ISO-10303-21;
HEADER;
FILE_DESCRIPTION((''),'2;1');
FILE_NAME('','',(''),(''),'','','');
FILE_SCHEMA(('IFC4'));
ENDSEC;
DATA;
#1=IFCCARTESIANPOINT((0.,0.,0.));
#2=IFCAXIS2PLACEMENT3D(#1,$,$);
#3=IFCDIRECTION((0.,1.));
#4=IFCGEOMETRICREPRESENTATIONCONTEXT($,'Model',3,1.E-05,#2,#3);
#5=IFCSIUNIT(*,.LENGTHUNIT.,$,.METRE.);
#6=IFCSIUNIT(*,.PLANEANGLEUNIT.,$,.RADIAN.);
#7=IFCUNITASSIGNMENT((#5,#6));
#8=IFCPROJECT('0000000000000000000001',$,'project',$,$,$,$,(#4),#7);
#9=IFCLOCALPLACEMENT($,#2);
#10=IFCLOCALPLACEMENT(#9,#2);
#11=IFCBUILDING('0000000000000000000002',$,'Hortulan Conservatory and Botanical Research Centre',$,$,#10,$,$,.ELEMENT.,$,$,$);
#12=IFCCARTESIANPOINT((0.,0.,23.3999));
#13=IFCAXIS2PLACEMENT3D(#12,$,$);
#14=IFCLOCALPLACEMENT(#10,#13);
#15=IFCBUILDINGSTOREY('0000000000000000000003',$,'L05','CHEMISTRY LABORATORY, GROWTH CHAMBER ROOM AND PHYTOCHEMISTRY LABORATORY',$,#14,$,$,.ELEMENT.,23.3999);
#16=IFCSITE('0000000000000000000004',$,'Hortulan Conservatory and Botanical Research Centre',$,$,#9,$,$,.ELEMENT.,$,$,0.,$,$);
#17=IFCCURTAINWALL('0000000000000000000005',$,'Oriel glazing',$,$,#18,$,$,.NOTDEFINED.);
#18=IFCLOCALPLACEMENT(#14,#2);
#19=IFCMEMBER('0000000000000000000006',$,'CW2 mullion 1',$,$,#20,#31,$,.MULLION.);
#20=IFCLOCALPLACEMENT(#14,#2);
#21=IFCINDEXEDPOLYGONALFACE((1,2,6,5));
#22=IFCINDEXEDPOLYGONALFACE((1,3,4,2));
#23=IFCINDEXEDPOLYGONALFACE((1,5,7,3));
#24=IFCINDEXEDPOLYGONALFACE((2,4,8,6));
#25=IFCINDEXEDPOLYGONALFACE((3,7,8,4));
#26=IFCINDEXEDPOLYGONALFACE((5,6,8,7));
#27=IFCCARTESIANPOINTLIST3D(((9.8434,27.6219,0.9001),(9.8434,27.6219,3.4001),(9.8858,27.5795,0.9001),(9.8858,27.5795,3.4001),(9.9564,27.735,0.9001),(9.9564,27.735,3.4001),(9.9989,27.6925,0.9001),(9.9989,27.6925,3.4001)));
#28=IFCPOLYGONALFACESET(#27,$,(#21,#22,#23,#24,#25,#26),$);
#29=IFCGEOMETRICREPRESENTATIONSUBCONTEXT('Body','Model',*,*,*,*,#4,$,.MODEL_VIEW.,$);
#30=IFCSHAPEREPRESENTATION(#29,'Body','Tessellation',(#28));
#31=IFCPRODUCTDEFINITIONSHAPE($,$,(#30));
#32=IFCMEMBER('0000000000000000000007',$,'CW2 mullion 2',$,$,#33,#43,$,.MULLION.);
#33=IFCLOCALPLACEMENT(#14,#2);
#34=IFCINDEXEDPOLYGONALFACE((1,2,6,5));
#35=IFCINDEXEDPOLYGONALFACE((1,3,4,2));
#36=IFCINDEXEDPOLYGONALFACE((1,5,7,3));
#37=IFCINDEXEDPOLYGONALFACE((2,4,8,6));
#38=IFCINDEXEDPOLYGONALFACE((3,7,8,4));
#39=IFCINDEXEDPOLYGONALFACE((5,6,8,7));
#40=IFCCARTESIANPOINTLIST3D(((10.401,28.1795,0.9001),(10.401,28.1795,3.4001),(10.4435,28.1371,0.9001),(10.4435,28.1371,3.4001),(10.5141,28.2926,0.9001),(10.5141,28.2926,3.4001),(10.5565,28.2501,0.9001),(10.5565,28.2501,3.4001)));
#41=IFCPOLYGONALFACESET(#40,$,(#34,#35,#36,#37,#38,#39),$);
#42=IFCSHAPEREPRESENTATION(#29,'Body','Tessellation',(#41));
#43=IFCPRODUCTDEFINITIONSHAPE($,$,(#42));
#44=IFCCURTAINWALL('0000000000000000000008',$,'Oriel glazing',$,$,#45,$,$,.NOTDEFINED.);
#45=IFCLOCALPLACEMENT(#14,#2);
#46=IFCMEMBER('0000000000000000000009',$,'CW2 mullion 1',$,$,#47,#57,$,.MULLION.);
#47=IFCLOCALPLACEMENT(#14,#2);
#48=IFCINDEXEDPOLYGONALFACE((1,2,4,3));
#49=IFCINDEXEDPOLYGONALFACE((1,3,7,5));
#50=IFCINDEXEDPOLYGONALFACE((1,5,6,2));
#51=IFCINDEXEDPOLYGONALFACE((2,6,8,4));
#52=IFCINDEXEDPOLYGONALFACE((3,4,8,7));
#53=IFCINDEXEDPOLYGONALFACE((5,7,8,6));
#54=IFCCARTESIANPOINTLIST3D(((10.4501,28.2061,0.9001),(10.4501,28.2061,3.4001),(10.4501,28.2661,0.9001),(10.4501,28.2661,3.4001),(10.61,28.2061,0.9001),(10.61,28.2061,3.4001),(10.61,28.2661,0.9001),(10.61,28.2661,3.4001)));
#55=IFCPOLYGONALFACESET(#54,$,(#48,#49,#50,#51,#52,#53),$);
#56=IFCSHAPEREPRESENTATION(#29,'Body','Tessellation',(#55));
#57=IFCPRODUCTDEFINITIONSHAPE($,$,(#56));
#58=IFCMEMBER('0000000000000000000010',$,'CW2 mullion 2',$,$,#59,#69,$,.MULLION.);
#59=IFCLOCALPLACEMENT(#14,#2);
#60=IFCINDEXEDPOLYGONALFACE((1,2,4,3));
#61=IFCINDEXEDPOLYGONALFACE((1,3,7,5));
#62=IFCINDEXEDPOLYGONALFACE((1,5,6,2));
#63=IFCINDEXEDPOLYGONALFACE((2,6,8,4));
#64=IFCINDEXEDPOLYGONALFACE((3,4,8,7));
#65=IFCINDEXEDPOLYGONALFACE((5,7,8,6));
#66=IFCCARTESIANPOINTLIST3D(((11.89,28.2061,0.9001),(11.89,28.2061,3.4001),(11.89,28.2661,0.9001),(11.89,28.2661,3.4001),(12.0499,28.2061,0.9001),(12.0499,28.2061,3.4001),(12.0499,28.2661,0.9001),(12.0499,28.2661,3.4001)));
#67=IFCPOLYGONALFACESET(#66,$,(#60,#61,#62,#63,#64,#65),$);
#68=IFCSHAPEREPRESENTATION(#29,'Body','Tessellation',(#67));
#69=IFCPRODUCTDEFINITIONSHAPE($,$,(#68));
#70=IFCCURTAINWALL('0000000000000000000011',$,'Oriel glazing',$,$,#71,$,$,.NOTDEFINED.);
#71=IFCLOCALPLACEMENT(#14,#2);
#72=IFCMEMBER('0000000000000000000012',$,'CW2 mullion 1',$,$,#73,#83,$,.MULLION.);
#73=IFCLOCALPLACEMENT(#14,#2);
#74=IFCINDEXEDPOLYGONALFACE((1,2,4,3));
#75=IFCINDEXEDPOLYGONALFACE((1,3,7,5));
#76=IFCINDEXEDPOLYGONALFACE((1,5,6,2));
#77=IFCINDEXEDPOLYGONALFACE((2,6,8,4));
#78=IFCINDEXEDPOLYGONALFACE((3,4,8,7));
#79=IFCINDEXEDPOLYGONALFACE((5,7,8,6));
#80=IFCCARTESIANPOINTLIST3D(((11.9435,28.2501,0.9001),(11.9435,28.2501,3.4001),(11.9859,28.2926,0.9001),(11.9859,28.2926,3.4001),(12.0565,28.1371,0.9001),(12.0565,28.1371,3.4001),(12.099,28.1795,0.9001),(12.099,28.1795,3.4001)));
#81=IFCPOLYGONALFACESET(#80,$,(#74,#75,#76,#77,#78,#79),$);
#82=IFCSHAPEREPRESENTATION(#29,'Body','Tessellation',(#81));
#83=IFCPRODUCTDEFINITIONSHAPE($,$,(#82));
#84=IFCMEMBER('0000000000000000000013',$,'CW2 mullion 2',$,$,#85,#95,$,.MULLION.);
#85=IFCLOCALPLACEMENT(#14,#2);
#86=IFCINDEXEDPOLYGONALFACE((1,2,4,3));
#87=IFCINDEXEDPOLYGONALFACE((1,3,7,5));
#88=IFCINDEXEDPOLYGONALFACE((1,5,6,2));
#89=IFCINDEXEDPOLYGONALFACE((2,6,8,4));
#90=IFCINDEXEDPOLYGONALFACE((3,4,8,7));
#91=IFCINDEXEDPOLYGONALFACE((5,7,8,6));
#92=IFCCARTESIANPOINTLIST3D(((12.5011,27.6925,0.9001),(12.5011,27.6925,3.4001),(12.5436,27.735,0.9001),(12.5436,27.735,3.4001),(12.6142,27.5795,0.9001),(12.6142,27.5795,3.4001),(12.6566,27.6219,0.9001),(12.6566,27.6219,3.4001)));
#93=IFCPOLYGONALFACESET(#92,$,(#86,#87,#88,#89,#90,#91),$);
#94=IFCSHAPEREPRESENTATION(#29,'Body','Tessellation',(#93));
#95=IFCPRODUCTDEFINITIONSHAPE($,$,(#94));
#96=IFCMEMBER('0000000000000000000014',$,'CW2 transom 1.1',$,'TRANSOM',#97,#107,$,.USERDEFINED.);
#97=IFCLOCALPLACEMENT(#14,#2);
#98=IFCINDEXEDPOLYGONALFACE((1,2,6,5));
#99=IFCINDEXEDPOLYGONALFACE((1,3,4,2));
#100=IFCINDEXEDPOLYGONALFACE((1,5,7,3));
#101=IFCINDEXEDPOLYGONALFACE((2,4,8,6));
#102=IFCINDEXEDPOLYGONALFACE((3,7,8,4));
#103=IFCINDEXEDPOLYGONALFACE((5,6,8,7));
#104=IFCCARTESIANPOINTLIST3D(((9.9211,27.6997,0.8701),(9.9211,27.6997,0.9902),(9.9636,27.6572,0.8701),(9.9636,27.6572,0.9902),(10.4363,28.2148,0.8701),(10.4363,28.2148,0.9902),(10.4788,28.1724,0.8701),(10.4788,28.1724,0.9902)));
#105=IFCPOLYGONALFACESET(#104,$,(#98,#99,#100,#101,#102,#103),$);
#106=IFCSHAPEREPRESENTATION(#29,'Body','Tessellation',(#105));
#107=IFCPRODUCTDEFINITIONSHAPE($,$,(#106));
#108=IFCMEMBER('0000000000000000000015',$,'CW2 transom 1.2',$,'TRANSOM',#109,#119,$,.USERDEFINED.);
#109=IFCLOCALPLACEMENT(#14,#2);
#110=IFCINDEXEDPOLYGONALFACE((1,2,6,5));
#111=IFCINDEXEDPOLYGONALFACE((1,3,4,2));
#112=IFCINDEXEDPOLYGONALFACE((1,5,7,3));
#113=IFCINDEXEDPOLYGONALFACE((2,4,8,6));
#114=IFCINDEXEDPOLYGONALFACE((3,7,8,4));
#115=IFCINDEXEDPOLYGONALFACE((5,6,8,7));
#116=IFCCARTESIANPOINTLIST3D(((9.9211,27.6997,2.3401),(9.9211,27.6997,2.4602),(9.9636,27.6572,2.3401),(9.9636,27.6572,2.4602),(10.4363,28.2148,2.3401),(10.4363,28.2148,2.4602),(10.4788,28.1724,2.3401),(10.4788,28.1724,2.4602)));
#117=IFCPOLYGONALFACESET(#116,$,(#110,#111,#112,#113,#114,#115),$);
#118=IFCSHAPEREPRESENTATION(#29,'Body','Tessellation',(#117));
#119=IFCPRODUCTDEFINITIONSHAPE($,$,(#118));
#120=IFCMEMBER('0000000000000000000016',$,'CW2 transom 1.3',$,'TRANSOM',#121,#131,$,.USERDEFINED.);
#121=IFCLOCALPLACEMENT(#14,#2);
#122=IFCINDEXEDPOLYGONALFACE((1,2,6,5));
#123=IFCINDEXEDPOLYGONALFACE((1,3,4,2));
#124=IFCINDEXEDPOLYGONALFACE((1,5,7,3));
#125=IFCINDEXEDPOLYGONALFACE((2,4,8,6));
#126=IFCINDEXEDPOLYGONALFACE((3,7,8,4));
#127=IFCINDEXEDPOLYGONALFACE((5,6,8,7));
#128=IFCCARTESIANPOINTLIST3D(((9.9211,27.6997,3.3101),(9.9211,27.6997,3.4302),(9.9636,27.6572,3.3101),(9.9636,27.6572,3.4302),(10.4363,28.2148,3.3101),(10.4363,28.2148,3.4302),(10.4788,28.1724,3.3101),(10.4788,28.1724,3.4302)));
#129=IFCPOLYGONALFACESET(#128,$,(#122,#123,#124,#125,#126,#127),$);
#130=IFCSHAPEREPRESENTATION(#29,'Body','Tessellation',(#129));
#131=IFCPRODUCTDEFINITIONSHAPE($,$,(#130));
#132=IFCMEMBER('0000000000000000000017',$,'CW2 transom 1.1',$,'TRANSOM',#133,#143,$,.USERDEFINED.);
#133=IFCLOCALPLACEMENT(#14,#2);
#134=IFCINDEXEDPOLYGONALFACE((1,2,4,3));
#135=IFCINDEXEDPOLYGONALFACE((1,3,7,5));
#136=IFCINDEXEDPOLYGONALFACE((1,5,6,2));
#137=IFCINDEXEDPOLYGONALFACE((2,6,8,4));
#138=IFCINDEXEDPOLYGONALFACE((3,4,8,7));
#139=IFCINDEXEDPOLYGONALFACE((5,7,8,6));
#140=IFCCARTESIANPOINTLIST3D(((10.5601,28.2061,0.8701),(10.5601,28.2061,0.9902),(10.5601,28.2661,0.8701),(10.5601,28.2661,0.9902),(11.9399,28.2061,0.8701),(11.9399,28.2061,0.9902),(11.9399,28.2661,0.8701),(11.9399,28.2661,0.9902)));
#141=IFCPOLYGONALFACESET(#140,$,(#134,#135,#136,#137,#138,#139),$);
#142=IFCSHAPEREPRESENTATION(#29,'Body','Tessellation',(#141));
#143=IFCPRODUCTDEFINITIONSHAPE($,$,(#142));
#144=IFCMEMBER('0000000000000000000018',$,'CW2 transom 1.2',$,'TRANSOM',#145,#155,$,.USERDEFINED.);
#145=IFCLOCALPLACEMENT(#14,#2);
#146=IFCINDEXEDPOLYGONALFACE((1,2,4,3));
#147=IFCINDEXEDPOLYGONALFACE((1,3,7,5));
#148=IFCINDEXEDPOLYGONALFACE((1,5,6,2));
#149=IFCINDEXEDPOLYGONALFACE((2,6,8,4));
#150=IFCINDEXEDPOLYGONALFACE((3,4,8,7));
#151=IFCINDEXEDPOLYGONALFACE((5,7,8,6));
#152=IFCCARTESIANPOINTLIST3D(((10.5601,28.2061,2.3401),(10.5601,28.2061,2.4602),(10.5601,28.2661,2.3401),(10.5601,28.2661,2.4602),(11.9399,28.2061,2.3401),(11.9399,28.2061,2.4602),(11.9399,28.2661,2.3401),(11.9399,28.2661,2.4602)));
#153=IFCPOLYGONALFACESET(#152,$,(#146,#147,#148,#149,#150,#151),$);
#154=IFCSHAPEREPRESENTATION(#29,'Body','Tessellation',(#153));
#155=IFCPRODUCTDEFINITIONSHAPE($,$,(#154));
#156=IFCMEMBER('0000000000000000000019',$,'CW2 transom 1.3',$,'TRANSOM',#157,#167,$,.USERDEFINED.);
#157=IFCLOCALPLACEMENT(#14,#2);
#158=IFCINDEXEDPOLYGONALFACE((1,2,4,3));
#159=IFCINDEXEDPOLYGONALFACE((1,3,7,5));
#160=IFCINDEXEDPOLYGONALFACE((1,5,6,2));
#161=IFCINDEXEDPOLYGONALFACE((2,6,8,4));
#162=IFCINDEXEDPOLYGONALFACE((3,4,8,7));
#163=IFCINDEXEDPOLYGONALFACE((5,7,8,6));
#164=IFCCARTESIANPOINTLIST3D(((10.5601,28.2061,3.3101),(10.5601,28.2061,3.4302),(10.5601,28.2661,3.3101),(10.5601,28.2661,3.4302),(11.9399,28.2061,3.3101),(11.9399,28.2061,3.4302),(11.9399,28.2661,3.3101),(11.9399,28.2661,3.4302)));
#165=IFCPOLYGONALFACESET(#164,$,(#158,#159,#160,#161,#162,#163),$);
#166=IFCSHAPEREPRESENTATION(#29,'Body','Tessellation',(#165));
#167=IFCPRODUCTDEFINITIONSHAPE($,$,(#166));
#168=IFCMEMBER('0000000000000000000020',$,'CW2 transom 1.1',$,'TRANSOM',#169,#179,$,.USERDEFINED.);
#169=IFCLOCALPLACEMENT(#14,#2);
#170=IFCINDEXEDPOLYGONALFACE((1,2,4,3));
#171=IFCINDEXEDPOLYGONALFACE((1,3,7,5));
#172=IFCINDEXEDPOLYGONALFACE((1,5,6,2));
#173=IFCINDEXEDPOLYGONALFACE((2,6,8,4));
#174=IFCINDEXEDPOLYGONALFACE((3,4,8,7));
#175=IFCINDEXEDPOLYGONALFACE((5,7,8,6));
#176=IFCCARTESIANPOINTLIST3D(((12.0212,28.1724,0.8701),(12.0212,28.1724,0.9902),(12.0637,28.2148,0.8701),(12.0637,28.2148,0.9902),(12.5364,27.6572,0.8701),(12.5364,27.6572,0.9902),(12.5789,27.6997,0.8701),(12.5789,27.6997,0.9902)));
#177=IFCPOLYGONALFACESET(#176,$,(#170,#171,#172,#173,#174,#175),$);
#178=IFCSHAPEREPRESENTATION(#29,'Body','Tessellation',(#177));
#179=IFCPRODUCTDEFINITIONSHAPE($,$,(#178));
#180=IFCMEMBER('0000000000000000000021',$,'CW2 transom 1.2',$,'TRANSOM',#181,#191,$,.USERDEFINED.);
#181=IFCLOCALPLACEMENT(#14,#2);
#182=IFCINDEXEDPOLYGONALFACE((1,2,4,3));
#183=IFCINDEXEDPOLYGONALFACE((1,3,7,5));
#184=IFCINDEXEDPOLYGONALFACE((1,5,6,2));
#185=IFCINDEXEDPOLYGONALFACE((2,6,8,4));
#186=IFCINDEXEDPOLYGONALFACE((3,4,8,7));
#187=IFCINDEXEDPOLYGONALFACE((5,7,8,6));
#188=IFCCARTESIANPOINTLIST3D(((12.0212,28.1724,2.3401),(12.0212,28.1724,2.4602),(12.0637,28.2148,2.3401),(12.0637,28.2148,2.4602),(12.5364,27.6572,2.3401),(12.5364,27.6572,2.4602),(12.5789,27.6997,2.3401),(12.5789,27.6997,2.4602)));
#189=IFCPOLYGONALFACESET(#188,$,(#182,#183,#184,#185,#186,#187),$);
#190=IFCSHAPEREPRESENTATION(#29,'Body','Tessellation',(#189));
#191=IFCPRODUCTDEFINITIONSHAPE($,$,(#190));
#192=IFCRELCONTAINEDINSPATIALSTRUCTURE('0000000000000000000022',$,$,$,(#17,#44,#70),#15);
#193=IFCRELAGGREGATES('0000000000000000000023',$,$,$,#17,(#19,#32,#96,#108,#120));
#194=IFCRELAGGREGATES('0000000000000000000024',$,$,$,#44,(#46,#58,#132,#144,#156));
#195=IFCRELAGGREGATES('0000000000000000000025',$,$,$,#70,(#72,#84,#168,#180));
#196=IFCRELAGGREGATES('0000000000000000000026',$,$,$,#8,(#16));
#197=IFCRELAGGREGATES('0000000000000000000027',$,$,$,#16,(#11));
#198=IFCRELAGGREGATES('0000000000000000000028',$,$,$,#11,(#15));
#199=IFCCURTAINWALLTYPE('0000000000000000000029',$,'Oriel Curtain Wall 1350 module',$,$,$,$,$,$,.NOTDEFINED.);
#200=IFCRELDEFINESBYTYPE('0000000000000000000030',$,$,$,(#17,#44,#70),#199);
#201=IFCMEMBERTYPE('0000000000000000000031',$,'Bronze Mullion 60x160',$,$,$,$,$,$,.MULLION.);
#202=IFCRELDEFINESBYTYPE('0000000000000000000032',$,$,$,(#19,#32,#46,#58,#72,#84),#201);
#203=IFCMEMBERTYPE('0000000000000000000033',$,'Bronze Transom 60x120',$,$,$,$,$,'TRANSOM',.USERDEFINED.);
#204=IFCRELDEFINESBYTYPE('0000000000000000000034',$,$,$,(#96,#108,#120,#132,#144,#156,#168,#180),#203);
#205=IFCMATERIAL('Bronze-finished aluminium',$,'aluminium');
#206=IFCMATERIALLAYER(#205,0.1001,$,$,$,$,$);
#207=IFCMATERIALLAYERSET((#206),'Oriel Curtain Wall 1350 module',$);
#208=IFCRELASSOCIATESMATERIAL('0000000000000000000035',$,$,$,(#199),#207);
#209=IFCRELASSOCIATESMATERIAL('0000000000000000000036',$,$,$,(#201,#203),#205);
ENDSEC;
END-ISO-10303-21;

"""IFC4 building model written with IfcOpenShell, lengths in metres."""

from ifc_helpers import new_model, si_unit, direction, frame, origin, origin_2d, place, context, subcontext, project, spatial, rectangle, extrude, material, layer, layer_set, material_profile, profile_set, type_object, element, aggregate, save


model = new_model("IFC4")

# Units and contexts
model_context = context("Model", 3, precision=1e-05, world=origin(), true_north=direction((0.0, 1.0)))
body_context = subcontext(model_context, "Body", "Model", "MODEL_VIEW")
ifc_project = project(units=[si_unit("LENGTHUNIT", "METRE"), si_unit("PLANEANGLEUNIT", "RADIAN")], contexts=[model_context])

# Site, building, storey
site_placement = place(None, origin())
site = spatial("IfcSite", under=ifc_project, at=site_placement, Name="Hortulan Conservatory and Botanical Research Centre", CompositionType="ELEMENT", RefElevation=0.0)
building_placement = place(site_placement, origin())
building = spatial("IfcBuilding", under=site, at=building_placement, Name="Hortulan Conservatory and Botanical Research Centre", CompositionType="ELEMENT")
storey_placement = place(building_placement, frame((0.0, 0.0, 23.3999)))
storey = spatial("IfcBuildingStorey", under=building, at=storey_placement, Name="L05", Description="CHEMISTRY LABORATORY, GROWTH CHAMBER ROOM AND PHYTOCHEMISTRY LABORATORY", CompositionType="ELEMENT", Elevation=23.3999)

# Curtain walls, members
ifc_material_1 = material(Name="Bronze-finished aluminium", Category="aluminium")
ifc_layer_1 = layer(ifc_material_1, 0.1001)
ifc_layer_set_1 = layer_set([ifc_layer_1], Name="Oriel Curtain Wall 1350 module")
curtain_wall_type = type_object("IfcCurtainWallType", Name="Oriel Curtain Wall 1350 module", PredefinedType="NOTDEFINED", material=ifc_layer_set_1)
curtain_wall_1_placement = place(storey_placement, origin())
curtain_wall_1 = element("IfcCurtainWall", 1, at=curtain_wall_1_placement, inside=storey, type_object=curtain_wall_type, Name="Oriel glazing", PredefinedType="NOTDEFINED")
ifc_material_profile_1 = material_profile(ifc_material_1, rectangle(XDim=0.0601, YDim=0.1599, at=origin_2d()), Name="Bronze Mullion 60x160")
ifc_profile_set_1 = profile_set([ifc_material_profile_1], Name="Bronze-finished aluminium")
member_type_1 = type_object("IfcMemberType", Name="Bronze Mullion 60x160", PredefinedType="MULLION", material=ifc_profile_set_1)
member_1_placement = place(storey_placement, frame((9.9211, 27.6572, 0.9001), z_axis=(0.0, 0.0, 1.0), x_axis=(-0.707107, 0.707107, 0.0)))
member_1 = element("IfcMember", 2, at=member_1_placement, type_object=member_type_1, Name="CW2 mullion 1", PredefinedType="MULLION", context=body_context, shape_type="SweptSolid", body=[
    extrude(rectangle(XDim=0.0601, YDim=0.1599, at=origin_2d()), origin(), (0.0, 0.0, 1.0), 2.5),
])
member_2_placement = place(storey_placement, frame((10.4788, 28.2148, 0.9001), z_axis=(0.0, 0.0, 1.0), x_axis=(-0.707107, 0.707107, 0.0)))
member_2 = element("IfcMember", 3, at=member_2_placement, type_object=member_type_1, Name="CW2 mullion 2", PredefinedType="MULLION", context=body_context, shape_type="SweptSolid", body=[
    extrude(rectangle(XDim=0.0601, YDim=0.1599, at=origin_2d()), origin(), (0.0, 0.0, 1.0), 2.5),
])
curtain_wall_2_placement = place(storey_placement, origin())
curtain_wall_2 = element("IfcCurtainWall", 4, at=curtain_wall_2_placement, inside=storey, type_object=curtain_wall_type, Name="Oriel glazing", PredefinedType="NOTDEFINED")
member_3_placement = place(storey_placement, frame((10.53, 28.2361, 0.9001), z_axis=(0.0, 0.0, 1.0), x_axis=(0.0, 1.0, 0.0)))
member_3 = element("IfcMember", 5, at=member_3_placement, type_object=member_type_1, Name="CW2 mullion 1", PredefinedType="MULLION", context=body_context, shape_type="SweptSolid", body=[
    extrude(rectangle(XDim=0.0601, YDim=0.1599, at=origin_2d()), origin(), (0.0, 0.0, 1.0), 2.5),
])
member_4_placement = place(storey_placement, frame((11.97, 28.2361, 0.9001), z_axis=(0.0, 0.0, 1.0), x_axis=(0.0, 1.0, 0.0)))
member_4 = element("IfcMember", 6, at=member_4_placement, type_object=member_type_1, Name="CW2 mullion 2", PredefinedType="MULLION", context=body_context, shape_type="SweptSolid", body=[
    extrude(rectangle(XDim=0.0601, YDim=0.1599, at=origin_2d()), origin(), (0.0, 0.0, 1.0), 2.5),
])
curtain_wall_3_placement = place(storey_placement, origin())
curtain_wall_3 = element("IfcCurtainWall", 7, at=curtain_wall_3_placement, inside=storey, type_object=curtain_wall_type, Name="Oriel glazing", PredefinedType="NOTDEFINED")
member_5_placement = place(storey_placement, frame((12.0212, 28.2148, 0.9001), z_axis=(0.0, 0.0, 1.0), x_axis=(0.707107, 0.707107, 0.0)))
member_5 = element("IfcMember", 8, at=member_5_placement, type_object=member_type_1, Name="CW2 mullion 1", PredefinedType="MULLION", context=body_context, shape_type="SweptSolid", body=[
    extrude(rectangle(XDim=0.0601, YDim=0.1599, at=origin_2d()), origin(), (0.0, 0.0, 1.0), 2.5),
])
member_6_placement = place(storey_placement, frame((12.5789, 27.6572, 0.9001), z_axis=(0.0, 0.0, 1.0), x_axis=(0.707107, 0.707107, 0.0)))
member_6 = element("IfcMember", 9, at=member_6_placement, type_object=member_type_1, Name="CW2 mullion 2", PredefinedType="MULLION", context=body_context, shape_type="SweptSolid", body=[
    extrude(rectangle(XDim=0.0601, YDim=0.1599, at=origin_2d()), origin(), (0.0, 0.0, 1.0), 2.5),
])

# Members
ifc_material_profile_2 = material_profile(ifc_material_1, rectangle(XDim=0.0601, YDim=0.1201, at=origin_2d()), Name="Bronze Transom 60x120")
ifc_profile_set_2 = profile_set([ifc_material_profile_2], Name="Bronze-finished aluminium")
member_type_2 = type_object("IfcMemberType", Name="Bronze Transom 60x120", ElementType="TRANSOM", PredefinedType="USERDEFINED", material=ifc_profile_set_2)
member_7_placement = place(storey_placement, frame((9.9424, 27.6785, 0.9302), z_axis=(0.707107, 0.707107, 0.0), x_axis=(-0.707107, 0.707107, 0.0)))
member_7 = element("IfcMember", 10, at=member_7_placement, type_object=member_type_2, Name="CW2 transom 1.1", ObjectType="TRANSOM", PredefinedType="USERDEFINED", context=body_context, shape_type="SweptSolid", body=[
    extrude(rectangle(XDim=0.0601, YDim=0.1201, at=origin_2d()), origin(), (0.0, 0.0, 1.0), 0.7285),
])
member_8_placement = place(storey_placement, frame((9.9424, 27.6785, 2.4001), z_axis=(0.707107, 0.707107, 0.0), x_axis=(-0.707107, 0.707107, 0.0)))
member_8 = element("IfcMember", 11, at=member_8_placement, type_object=member_type_2, Name="CW2 transom 1.2", ObjectType="TRANSOM", PredefinedType="USERDEFINED", context=body_context, shape_type="SweptSolid", body=[
    extrude(rectangle(XDim=0.0601, YDim=0.1201, at=origin_2d()), origin(), (0.0, 0.0, 1.0), 0.7285),
])
member_9_placement = place(storey_placement, frame((9.9424, 27.6785, 3.3701), z_axis=(0.707107, 0.707107, 0.0), x_axis=(-0.707107, 0.707107, 0.0)))
member_9 = element("IfcMember", 12, at=member_9_placement, type_object=member_type_2, Name="CW2 transom 1.3", ObjectType="TRANSOM", PredefinedType="USERDEFINED", context=body_context, shape_type="SweptSolid", body=[
    extrude(rectangle(XDim=0.0601, YDim=0.1201, at=origin_2d()), origin(), (0.0, 0.0, 1.0), 0.7285),
])
member_10_placement = place(storey_placement, frame((10.5601, 28.2361, 0.9302), z_axis=(1.0, 0.0, 0.0), x_axis=(0.0, 1.0, 0.0)))
member_10 = element("IfcMember", 13, at=member_10_placement, type_object=member_type_2, Name="CW2 transom 1.1", ObjectType="TRANSOM", PredefinedType="USERDEFINED", context=body_context, shape_type="SweptSolid", body=[
    extrude(rectangle(XDim=0.0601, YDim=0.1201, at=origin_2d()), origin(), (0.0, 0.0, 1.0), 1.3799),
])
member_11_placement = place(storey_placement, frame((10.5601, 28.2361, 2.4001), z_axis=(1.0, 0.0, 0.0), x_axis=(0.0, 1.0, 0.0)))
member_11 = element("IfcMember", 14, at=member_11_placement, type_object=member_type_2, Name="CW2 transom 1.2", ObjectType="TRANSOM", PredefinedType="USERDEFINED", context=body_context, shape_type="SweptSolid", body=[
    extrude(rectangle(XDim=0.0601, YDim=0.1201, at=origin_2d()), origin(), (0.0, 0.0, 1.0), 1.3799),
])
member_12_placement = place(storey_placement, frame((10.5601, 28.2361, 3.3701), z_axis=(1.0, 0.0, 0.0), x_axis=(0.0, 1.0, 0.0)))
member_12 = element("IfcMember", 15, at=member_12_placement, type_object=member_type_2, Name="CW2 transom 1.3", ObjectType="TRANSOM", PredefinedType="USERDEFINED", context=body_context, shape_type="SweptSolid", body=[
    extrude(rectangle(XDim=0.0601, YDim=0.1201, at=origin_2d()), origin(), (0.0, 0.0, 1.0), 1.3799),
])
member_13_placement = place(storey_placement, frame((12.0425, 28.1936, 0.9302), z_axis=(0.707107, -0.707107, 0.0), x_axis=(0.707107, 0.707107, 0.0)))
member_13 = element("IfcMember", 16, at=member_13_placement, type_object=member_type_2, Name="CW2 transom 1.1", ObjectType="TRANSOM", PredefinedType="USERDEFINED", context=body_context, shape_type="SweptSolid", body=[
    extrude(rectangle(XDim=0.0601, YDim=0.1201, at=origin_2d()), origin(), (0.0, 0.0, 1.0), 0.7285),
])
member_14_placement = place(storey_placement, frame((12.0425, 28.1936, 2.4001), z_axis=(0.707107, -0.707107, 0.0), x_axis=(0.707107, 0.707107, 0.0)))
member_14 = element("IfcMember", 17, at=member_14_placement, type_object=member_type_2, Name="CW2 transom 1.2", ObjectType="TRANSOM", PredefinedType="USERDEFINED", context=body_context, shape_type="SweptSolid", body=[
    extrude(rectangle(XDim=0.0601, YDim=0.1201, at=origin_2d()), origin(), (0.0, 0.0, 1.0), 0.7285),
])

aggregate(curtain_wall_1, [member_1, member_2, member_7, member_8, member_9])
aggregate(curtain_wall_2, [member_3, member_4, member_10, member_11, member_12])
aggregate(curtain_wall_3, [member_5, member_6, member_13, member_14])

save(model, "model.ifc")
